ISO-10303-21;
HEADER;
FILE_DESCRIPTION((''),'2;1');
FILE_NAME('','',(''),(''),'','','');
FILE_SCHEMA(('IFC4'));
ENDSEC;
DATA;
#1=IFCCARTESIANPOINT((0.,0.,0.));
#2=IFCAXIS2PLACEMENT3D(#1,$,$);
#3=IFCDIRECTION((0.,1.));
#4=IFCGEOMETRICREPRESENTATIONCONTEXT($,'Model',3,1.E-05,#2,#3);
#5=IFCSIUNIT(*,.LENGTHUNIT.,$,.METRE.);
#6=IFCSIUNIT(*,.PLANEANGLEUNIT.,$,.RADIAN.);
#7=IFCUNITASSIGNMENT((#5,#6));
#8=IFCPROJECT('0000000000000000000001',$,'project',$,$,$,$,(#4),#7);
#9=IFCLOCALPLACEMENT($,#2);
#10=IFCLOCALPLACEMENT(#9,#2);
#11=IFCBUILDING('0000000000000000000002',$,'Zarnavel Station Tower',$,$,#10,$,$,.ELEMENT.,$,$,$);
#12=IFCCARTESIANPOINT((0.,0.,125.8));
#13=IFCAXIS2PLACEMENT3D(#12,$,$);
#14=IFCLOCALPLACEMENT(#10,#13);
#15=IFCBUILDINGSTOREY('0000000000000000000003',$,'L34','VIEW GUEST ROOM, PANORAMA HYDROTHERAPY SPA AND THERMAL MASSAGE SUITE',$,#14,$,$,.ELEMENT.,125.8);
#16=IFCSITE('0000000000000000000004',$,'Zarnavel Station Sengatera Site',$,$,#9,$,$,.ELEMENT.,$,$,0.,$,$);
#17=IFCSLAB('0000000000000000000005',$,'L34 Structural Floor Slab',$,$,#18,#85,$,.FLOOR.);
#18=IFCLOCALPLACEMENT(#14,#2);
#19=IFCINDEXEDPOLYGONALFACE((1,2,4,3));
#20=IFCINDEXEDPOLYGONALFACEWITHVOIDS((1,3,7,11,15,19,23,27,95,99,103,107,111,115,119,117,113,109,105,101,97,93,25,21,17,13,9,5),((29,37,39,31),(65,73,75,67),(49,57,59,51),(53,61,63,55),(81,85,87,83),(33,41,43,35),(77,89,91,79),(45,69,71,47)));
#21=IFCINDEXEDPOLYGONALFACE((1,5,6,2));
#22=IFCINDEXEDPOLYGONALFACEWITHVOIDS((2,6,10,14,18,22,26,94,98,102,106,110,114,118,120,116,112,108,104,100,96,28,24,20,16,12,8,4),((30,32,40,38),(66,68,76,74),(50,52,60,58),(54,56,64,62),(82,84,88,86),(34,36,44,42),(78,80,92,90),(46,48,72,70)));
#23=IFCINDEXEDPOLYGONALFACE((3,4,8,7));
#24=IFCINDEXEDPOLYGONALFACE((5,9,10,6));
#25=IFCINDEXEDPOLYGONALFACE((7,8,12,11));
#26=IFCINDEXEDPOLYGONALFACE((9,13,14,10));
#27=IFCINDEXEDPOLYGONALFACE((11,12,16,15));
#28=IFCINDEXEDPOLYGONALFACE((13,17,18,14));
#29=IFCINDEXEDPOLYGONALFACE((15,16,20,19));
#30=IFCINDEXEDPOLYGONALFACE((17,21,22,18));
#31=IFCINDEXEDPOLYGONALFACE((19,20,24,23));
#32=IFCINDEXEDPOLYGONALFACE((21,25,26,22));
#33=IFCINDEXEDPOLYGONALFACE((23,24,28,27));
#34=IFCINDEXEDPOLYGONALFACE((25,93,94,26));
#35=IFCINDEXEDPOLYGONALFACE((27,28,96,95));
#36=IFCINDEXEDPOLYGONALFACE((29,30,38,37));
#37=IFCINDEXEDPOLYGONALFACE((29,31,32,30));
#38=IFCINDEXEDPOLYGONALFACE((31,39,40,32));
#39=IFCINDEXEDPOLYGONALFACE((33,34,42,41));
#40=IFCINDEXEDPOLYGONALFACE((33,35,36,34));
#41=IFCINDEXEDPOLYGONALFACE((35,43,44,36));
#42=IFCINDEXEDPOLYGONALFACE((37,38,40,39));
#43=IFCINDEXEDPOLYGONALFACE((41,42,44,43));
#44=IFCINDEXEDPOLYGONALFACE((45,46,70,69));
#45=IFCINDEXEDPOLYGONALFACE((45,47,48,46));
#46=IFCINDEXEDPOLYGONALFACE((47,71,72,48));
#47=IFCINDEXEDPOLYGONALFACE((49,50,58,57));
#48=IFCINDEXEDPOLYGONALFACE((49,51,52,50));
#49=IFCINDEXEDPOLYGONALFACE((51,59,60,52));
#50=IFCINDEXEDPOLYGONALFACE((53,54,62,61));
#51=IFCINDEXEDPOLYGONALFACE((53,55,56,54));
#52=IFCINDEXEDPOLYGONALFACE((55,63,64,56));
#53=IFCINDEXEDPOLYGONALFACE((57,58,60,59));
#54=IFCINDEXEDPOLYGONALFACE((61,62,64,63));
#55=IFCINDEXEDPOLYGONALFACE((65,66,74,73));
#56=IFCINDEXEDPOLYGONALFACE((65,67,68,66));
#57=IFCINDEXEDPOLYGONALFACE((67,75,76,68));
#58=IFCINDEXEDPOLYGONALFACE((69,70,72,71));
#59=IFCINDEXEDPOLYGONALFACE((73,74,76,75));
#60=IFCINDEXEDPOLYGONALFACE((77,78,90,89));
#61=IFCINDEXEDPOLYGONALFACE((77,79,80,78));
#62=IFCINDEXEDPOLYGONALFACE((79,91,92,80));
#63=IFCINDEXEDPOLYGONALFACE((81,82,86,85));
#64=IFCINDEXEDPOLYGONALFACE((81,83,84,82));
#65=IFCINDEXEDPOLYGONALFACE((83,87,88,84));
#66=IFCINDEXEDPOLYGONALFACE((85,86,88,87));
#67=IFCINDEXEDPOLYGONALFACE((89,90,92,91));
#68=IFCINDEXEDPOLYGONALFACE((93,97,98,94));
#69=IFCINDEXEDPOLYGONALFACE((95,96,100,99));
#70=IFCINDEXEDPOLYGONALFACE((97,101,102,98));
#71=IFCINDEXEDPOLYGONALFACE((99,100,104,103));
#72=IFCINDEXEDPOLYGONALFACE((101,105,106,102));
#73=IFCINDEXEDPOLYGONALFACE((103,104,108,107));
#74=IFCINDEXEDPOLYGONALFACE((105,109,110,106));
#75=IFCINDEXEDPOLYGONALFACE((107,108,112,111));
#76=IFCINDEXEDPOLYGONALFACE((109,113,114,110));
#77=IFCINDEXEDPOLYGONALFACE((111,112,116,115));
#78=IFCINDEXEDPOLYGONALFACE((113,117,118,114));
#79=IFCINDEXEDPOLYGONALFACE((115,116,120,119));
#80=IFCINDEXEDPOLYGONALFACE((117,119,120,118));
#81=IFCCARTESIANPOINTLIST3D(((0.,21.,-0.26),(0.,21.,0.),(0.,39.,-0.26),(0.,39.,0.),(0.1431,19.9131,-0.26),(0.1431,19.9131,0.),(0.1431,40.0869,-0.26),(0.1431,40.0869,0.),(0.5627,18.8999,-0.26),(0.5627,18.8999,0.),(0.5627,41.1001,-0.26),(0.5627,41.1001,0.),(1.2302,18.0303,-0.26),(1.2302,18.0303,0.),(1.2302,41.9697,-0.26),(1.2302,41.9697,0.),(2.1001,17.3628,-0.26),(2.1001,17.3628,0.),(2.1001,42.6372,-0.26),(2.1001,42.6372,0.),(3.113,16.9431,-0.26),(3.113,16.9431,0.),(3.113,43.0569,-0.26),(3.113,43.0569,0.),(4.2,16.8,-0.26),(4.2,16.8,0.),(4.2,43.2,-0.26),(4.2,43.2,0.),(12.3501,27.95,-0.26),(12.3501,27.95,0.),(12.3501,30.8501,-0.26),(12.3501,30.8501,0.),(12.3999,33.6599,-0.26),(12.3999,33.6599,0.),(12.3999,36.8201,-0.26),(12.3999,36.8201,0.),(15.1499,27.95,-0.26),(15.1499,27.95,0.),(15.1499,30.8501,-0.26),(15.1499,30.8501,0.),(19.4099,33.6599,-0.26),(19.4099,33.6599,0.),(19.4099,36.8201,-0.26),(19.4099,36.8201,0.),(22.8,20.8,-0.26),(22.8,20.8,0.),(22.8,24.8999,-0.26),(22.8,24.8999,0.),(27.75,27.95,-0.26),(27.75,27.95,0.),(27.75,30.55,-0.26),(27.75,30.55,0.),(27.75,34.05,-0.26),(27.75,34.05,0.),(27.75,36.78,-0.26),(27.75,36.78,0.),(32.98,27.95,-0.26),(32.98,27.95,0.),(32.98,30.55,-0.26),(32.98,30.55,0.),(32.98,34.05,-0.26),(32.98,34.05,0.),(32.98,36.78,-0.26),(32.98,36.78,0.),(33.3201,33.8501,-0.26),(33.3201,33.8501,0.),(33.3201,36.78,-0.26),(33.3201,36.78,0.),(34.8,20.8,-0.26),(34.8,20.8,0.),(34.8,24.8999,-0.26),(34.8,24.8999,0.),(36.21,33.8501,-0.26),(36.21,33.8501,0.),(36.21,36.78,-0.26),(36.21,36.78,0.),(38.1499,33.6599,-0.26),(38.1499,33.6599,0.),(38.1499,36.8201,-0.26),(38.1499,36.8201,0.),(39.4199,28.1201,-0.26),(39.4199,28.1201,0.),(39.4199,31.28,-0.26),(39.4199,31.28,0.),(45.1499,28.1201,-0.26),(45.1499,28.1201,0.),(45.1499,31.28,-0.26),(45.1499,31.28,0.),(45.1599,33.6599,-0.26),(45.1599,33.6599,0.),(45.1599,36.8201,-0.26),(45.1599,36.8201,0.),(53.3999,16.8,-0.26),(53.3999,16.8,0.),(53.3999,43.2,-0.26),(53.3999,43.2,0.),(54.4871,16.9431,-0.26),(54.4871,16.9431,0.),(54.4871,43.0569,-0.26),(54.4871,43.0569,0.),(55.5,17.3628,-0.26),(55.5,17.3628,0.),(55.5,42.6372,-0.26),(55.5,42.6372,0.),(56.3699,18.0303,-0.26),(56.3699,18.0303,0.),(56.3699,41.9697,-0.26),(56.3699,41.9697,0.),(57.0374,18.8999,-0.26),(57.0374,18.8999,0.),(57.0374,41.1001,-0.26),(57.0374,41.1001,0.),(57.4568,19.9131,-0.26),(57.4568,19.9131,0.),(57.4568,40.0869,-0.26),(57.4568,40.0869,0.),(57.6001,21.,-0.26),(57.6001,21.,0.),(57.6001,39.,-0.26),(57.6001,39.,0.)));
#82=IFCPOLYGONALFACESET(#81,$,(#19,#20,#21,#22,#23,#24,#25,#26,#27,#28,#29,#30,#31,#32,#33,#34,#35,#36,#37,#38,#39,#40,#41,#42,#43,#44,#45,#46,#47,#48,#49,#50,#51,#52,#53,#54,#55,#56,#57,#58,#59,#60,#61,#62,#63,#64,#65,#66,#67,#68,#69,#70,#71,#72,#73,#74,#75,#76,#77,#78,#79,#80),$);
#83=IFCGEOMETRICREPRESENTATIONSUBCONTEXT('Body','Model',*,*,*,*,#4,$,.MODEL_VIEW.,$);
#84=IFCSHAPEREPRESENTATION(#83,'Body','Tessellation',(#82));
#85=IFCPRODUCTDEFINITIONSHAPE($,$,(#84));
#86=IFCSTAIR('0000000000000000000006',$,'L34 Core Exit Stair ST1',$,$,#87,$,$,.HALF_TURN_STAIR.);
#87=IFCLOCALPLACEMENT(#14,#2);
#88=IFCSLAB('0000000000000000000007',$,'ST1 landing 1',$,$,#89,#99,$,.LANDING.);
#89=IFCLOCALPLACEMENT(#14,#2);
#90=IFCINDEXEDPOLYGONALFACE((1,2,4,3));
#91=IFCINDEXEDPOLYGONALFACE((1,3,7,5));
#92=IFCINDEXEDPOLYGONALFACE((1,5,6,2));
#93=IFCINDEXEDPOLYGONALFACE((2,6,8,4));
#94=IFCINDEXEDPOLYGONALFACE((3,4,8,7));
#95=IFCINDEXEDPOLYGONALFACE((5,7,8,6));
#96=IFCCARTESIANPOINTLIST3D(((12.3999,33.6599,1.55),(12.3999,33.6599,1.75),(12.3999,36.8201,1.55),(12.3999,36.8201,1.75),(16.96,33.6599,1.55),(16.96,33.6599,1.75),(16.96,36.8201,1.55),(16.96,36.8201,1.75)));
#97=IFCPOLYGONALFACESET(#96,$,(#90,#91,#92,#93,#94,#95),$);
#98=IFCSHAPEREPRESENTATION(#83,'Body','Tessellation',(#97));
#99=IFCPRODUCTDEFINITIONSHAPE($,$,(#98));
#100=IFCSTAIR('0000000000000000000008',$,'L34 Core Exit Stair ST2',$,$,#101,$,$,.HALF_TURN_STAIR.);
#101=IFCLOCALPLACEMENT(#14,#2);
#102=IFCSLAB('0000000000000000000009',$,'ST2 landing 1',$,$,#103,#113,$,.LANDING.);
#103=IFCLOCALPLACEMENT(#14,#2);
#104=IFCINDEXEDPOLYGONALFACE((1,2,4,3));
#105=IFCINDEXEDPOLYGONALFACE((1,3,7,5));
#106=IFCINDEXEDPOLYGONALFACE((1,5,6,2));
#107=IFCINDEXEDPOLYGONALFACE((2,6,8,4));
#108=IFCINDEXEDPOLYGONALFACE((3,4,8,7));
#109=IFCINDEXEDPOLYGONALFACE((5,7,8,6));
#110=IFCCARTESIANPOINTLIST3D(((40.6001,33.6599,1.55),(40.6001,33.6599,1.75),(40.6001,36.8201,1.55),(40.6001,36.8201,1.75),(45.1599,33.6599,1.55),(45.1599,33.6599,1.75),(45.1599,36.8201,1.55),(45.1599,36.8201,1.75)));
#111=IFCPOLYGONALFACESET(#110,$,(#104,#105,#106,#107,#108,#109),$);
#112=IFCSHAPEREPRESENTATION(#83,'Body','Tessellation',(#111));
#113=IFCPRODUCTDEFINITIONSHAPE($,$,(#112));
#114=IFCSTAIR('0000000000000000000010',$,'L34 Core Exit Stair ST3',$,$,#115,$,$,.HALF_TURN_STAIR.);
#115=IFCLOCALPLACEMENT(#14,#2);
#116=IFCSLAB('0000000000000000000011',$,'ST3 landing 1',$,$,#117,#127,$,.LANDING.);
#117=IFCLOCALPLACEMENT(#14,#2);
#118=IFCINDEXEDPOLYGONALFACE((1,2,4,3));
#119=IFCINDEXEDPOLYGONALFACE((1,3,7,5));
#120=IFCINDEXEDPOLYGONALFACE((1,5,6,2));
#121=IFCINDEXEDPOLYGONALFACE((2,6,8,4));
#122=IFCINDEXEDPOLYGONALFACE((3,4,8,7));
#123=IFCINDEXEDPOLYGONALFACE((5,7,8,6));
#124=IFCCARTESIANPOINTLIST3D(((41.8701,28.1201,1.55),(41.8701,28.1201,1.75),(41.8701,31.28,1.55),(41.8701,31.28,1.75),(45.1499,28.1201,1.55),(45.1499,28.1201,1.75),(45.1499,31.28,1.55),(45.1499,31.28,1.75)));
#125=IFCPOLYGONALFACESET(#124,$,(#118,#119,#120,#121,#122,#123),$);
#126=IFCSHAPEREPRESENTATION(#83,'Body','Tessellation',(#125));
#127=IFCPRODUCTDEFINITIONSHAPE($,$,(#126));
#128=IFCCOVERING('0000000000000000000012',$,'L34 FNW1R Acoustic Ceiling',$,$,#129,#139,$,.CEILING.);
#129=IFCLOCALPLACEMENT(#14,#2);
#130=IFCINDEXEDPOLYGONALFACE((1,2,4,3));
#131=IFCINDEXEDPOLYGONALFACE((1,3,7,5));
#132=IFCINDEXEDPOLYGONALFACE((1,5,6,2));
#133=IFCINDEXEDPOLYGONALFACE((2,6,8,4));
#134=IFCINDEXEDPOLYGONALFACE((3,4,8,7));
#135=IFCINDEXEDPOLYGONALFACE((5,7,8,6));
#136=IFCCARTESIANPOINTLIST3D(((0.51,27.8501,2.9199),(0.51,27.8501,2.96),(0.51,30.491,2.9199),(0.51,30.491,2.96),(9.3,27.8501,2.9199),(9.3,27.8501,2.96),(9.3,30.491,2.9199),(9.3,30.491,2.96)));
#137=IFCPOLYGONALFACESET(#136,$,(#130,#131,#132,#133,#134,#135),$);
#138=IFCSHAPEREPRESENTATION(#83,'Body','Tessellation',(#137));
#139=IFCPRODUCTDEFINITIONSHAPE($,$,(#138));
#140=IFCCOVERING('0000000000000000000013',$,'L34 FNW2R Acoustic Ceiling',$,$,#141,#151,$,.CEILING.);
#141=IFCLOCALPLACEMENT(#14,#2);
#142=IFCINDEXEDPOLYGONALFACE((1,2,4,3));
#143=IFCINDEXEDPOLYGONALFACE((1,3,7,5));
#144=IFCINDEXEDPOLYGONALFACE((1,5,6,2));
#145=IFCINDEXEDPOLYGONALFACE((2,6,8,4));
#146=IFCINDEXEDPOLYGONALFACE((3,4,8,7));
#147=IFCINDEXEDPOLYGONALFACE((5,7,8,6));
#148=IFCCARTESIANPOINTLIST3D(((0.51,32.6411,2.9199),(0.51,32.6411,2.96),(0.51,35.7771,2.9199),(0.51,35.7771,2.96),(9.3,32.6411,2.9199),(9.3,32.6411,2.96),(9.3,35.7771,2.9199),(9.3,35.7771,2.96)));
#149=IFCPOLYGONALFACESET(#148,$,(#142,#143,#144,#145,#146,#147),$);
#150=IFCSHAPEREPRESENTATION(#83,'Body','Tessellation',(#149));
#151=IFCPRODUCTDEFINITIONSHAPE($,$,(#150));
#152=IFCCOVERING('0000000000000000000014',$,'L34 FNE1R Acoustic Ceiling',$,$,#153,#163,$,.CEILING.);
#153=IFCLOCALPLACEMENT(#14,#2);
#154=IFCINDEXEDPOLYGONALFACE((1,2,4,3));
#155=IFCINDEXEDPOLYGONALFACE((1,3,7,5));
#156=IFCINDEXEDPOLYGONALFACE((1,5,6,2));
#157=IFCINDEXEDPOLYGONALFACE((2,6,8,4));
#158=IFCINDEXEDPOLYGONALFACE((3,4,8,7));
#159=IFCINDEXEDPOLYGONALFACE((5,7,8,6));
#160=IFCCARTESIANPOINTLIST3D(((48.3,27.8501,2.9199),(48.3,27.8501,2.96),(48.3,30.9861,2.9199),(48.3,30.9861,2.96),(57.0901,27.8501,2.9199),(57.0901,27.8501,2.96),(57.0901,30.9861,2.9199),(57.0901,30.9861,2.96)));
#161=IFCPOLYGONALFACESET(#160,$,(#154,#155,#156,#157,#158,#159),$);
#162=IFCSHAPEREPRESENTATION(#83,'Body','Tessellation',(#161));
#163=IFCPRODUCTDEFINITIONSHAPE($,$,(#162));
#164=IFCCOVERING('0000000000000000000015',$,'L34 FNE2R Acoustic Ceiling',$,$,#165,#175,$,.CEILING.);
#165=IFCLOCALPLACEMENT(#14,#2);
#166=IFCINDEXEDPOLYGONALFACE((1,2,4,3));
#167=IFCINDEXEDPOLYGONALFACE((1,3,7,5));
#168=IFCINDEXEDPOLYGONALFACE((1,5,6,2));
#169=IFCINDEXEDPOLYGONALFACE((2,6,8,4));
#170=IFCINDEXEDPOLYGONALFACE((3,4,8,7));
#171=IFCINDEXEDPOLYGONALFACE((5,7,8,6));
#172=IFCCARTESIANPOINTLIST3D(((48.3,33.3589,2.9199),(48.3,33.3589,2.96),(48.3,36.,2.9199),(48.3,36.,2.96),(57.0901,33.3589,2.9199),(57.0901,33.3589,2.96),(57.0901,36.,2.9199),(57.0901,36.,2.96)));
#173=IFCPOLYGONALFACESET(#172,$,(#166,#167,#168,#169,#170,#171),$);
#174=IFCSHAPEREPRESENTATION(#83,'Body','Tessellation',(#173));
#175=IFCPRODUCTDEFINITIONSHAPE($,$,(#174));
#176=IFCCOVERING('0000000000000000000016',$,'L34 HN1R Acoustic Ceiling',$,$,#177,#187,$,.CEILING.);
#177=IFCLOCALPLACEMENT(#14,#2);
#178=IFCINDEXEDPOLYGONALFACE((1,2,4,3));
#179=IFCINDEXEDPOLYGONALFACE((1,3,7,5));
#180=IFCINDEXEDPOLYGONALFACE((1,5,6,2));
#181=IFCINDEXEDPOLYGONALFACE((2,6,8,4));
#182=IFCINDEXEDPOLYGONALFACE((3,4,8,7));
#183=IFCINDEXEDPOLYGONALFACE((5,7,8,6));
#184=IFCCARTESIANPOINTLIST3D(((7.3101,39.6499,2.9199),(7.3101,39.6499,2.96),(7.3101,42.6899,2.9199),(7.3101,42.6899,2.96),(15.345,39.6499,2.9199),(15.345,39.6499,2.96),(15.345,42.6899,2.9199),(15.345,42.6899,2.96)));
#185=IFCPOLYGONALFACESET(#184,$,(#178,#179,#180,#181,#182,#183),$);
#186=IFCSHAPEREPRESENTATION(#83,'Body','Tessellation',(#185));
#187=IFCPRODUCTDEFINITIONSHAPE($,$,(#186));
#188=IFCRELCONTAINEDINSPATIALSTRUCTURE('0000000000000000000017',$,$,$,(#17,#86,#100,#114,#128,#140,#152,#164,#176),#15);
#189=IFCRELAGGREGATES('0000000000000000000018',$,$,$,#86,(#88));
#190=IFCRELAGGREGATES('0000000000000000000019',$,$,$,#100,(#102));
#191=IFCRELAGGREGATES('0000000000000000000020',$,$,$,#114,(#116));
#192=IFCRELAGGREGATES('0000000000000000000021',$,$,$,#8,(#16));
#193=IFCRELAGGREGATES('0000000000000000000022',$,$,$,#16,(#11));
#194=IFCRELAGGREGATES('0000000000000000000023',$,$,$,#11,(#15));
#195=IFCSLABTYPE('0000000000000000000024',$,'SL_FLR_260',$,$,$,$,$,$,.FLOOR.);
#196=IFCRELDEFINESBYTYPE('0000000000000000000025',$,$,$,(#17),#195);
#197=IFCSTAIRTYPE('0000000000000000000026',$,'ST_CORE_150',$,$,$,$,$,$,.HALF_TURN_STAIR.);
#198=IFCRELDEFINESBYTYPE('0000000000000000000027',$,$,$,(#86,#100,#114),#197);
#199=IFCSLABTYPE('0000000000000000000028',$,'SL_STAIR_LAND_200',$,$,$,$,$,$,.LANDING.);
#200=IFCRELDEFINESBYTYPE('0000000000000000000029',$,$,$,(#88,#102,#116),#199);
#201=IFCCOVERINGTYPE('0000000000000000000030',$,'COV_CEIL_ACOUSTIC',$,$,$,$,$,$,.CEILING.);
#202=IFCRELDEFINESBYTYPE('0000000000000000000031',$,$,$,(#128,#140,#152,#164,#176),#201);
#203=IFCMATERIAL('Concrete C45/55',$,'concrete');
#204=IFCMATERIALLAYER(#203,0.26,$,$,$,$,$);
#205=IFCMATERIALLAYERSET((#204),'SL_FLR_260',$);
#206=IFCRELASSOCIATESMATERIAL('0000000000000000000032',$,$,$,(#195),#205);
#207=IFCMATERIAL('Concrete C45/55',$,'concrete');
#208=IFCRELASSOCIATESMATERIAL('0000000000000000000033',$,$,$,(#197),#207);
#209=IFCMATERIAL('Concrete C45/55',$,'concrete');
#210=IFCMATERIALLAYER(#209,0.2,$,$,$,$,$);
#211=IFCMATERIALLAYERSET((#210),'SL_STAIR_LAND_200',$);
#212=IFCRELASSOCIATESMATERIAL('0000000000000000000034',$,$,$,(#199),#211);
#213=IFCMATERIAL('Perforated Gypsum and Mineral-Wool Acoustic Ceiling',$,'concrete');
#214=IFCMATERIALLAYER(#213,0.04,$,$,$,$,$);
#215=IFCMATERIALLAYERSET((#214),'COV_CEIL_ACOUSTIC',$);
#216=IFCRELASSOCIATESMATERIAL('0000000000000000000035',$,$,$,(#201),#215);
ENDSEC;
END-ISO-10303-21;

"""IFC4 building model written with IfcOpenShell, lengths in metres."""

from ifc_helpers import new_model, si_unit, direction, frame, origin, place, context, subcontext, project, spatial, polyline, outline, extrude, material, layer, layer_set, type_object, element, aggregate, save


model = new_model("IFC4")

# Units and contexts
model_context = context("Model", 3, precision=1e-05, world=origin(), true_north=direction((0.0, 1.0)))
body_context = subcontext(model_context, "Body", "Model", "MODEL_VIEW")
ifc_project = project(units=[si_unit("LENGTHUNIT", "METRE"), si_unit("PLANEANGLEUNIT", "RADIAN")], contexts=[model_context])

# Site, building, storey
site_placement = place(None, origin())
site = spatial("IfcSite", under=ifc_project, at=site_placement, Name="Zarnavel Station Sengatera Site", CompositionType="ELEMENT", RefElevation=0.0)
building_placement = place(site_placement, origin())
building = spatial("IfcBuilding", under=site, at=building_placement, Name="Zarnavel Station Tower", CompositionType="ELEMENT")
storey_placement = place(building_placement, frame((0.0, 0.0, 125.8)))
storey = spatial("IfcBuildingStorey", under=building, at=storey_placement, Name="L34", Description="VIEW GUEST ROOM, PANORAMA HYDROTHERAPY SPA AND THERMAL MASSAGE SUITE", CompositionType="ELEMENT", Elevation=125.8)

# Slab
ifc_material_1 = material(Name="Concrete C45/55", Category="concrete")
ifc_layer_1 = layer(ifc_material_1, 0.26)
ifc_layer_set_1 = layer_set([ifc_layer_1], Name="SL_FLR_260")
slab_type_1 = type_object("IfcSlabType", Name="SL_FLR_260", PredefinedType="FLOOR", material=ifc_layer_set_1)
slab_1_placement = place(storey_placement, frame((0.0, 0.0, -0.26)))
element("IfcSlab", 1, at=slab_1_placement, inside=storey, type_object=slab_type_1, Name="L34 Structural Floor Slab", PredefinedType="FLOOR", context=body_context, shape_type="SweptSolid", body=[
    extrude(outline(polyline([(53.3999, 16.8), (54.4871, 16.9431), (55.5, 17.3628), (56.3699, 18.0303), (57.0374, 18.8999), (57.4568, 19.9131), (57.6001, 21.0), (57.6001, 39.0), (57.4568, 40.0869), (57.0374, 41.1001), (56.3699, 41.9697), (55.5, 42.6372), (54.4871, 43.0569), (53.3999, 43.2), (4.2, 43.2), (3.113, 43.0569), (2.1001, 42.6372), (1.2302, 41.9697), (0.5627, 41.1001), (0.1431, 40.0869), (0.0, 39.0), (0.0, 21.0), (0.1431, 19.9131), (0.5627, 18.8999), (1.2302, 18.0303), (2.1001, 17.3628), (3.113, 16.9431), (4.2, 16.8), (53.3999, 16.8)]), holes=[polyline([(12.3999, 33.6599), (19.4099, 33.6599), (19.4099, 36.8201), (12.3999, 36.8201), (12.3999, 33.6599)]), polyline([(38.1499, 33.6599), (45.1599, 33.6599), (45.1599, 36.8201), (38.1499, 36.8201), (38.1499, 33.6599)]), polyline([(39.4199, 28.1201), (45.1499, 28.1201), (45.1499, 31.28), (39.4199, 31.28), (39.4199, 28.1201)]), polyline([(12.3501, 27.95), (15.1499, 27.95), (15.1499, 30.8501), (12.3501, 30.8501), (12.3501, 27.95)]), polyline([(33.3201, 33.8501), (36.21, 33.8501), (36.21, 36.78), (33.3201, 36.78), (33.3201, 33.8501)]), polyline([(27.75, 34.05), (32.98, 34.05), (32.98, 36.78), (27.75, 36.78), (27.75, 34.05)]), polyline([(27.75, 27.95), (32.98, 27.95), (32.98, 30.55), (27.75, 30.55), (27.75, 27.95)]), polyline([(22.8, 20.8), (34.8, 20.8), (34.8, 24.8999), (22.8, 24.8999), (22.8, 20.8)])]), origin(), (0.0, 0.0, 1.0), 0.26),
])

# Stairs, slabs
ifc_material_2 = material(Name="Concrete C45/55", Category="concrete")
stair_type = type_object("IfcStairType", Name="ST_CORE_150", PredefinedType="HALF_TURN_STAIR", material=ifc_material_2)
stair_1_placement = place(storey_placement, origin())
stair_1 = element("IfcStair", 2, at=stair_1_placement, inside=storey, type_object=stair_type, Name="L34 Core Exit Stair ST1", PredefinedType="HALF_TURN_STAIR")
ifc_material_3 = material(Name="Concrete C45/55", Category="concrete")
ifc_layer_2 = layer(ifc_material_3, 0.2)
ifc_layer_set_2 = layer_set([ifc_layer_2], Name="SL_STAIR_LAND_200")
slab_type_2 = type_object("IfcSlabType", Name="SL_STAIR_LAND_200", PredefinedType="LANDING", material=ifc_layer_set_2)
slab_2_placement = place(storey_placement, frame((0.0, 0.0, 1.55)))
slab_2 = element("IfcSlab", 3, at=slab_2_placement, type_object=slab_type_2, Name="ST1 landing 1", PredefinedType="LANDING", context=body_context, shape_type="SweptSolid", body=[
    extrude(outline(polyline([(16.96, 36.8201), (12.3999, 36.8201), (12.3999, 33.6599), (16.96, 33.6599), (16.96, 36.8201)])), origin(), (0.0, 0.0, 1.0), 0.2),
])
aggregate(stair_1, [slab_2])
stair_2_placement = place(storey_placement, origin())
stair_2 = element("IfcStair", 4, at=stair_2_placement, inside=storey, type_object=stair_type, Name="L34 Core Exit Stair ST2", PredefinedType="HALF_TURN_STAIR")
slab_3_placement = place(storey_placement, frame((0.0, 0.0, 1.55)))
slab_3 = element("IfcSlab", 5, at=slab_3_placement, type_object=slab_type_2, Name="ST2 landing 1", PredefinedType="LANDING", context=body_context, shape_type="SweptSolid", body=[
    extrude(outline(polyline([(40.6001, 33.6599), (45.1599, 33.6599), (45.1599, 36.8201), (40.6001, 36.8201), (40.6001, 33.6599)])), origin(), (0.0, 0.0, 1.0), 0.2),
])
aggregate(stair_2, [slab_3])
stair_3_placement = place(storey_placement, origin())
stair_3 = element("IfcStair", 6, at=stair_3_placement, inside=storey, type_object=stair_type, Name="L34 Core Exit Stair ST3", PredefinedType="HALF_TURN_STAIR")
slab_4_placement = place(storey_placement, frame((0.0, 0.0, 1.55)))
slab_4 = element("IfcSlab", 7, at=slab_4_placement, type_object=slab_type_2, Name="ST3 landing 1", PredefinedType="LANDING", context=body_context, shape_type="SweptSolid", body=[
    extrude(outline(polyline([(41.8701, 28.1201), (45.1499, 28.1201), (45.1499, 31.28), (41.8701, 31.28), (41.8701, 28.1201)])), origin(), (0.0, 0.0, 1.0), 0.2),
])
aggregate(stair_3, [slab_4])

# Coverings
ifc_material_4 = material(Name="Perforated Gypsum and Mineral-Wool Acoustic Ceiling", Category="concrete")
ifc_layer_3 = layer(ifc_material_4, 0.04)
ifc_layer_set_3 = layer_set([ifc_layer_3], Name="COV_CEIL_ACOUSTIC")
covering_type_1 = type_object("IfcCoveringType", Name="COV_CEIL_ACOUSTIC", PredefinedType="CEILING", material=ifc_layer_set_3)
covering_1_placement = place(storey_placement, frame((0.0, 0.0, 2.9199)))
element("IfcCovering", 8, at=covering_1_placement, inside=storey, type_object=covering_type_1, Name="L34 FNW1R Acoustic Ceiling", PredefinedType="CEILING", context=body_context, shape_type="SweptSolid", body=[
    extrude(outline(polyline([(0.51, 27.8501), (9.3, 27.8501), (9.3, 30.491), (0.51, 30.491), (0.51, 27.8501)])), origin(), (0.0, 0.0, 1.0), 0.04),
])
covering_2_placement = place(storey_placement, frame((0.0, 0.0, 2.9199)))
element("IfcCovering", 9, at=covering_2_placement, inside=storey, type_object=covering_type_1, Name="L34 FNW2R Acoustic Ceiling", PredefinedType="CEILING", context=body_context, shape_type="SweptSolid", body=[
    extrude(outline(polyline([(0.51, 32.6411), (9.3, 32.6411), (9.3, 35.7771), (0.51, 35.7771), (0.51, 32.6411)])), origin(), (0.0, 0.0, 1.0), 0.04),
])
covering_3_placement = place(storey_placement, frame((0.0, 0.0, 2.9199)))
element("IfcCovering", 10, at=covering_3_placement, inside=storey, type_object=covering_type_1, Name="L34 FNE1R Acoustic Ceiling", PredefinedType="CEILING", context=body_context, shape_type="SweptSolid", body=[
    extrude(outline(polyline([(48.3, 27.8501), (57.0901, 27.8501), (57.0901, 30.9861), (48.3, 30.9861), (48.3, 27.8501)])), origin(), (0.0, 0.0, 1.0), 0.04),
])
covering_4_placement = place(storey_placement, frame((0.0, 0.0, 2.9199)))
element("IfcCovering", 11, at=covering_4_placement, inside=storey, type_object=covering_type_1, Name="L34 FNE2R Acoustic Ceiling", PredefinedType="CEILING", context=body_context, shape_type="SweptSolid", body=[
    extrude(outline(polyline([(48.3, 33.3589), (57.0901, 33.3589), (57.0901, 36.0), (48.3, 36.0), (48.3, 33.3589)])), origin(), (0.0, 0.0, 1.0), 0.04),
])
covering_5_placement = place(storey_placement, frame((0.0, 0.0, 2.9199)))
element("IfcCovering", 12, at=covering_5_placement, inside=storey, type_object=covering_type_1, Name="L34 HN1R Acoustic Ceiling", PredefinedType="CEILING", context=body_context, shape_type="SweptSolid", body=[
    extrude(outline(polyline([(7.3101, 39.6499), (15.345, 39.6499), (15.345, 42.6899), (7.3101, 42.6899), (7.3101, 39.6499)])), origin(), (0.0, 0.0, 1.0), 0.04),
])

save(model, "model.ifc")
